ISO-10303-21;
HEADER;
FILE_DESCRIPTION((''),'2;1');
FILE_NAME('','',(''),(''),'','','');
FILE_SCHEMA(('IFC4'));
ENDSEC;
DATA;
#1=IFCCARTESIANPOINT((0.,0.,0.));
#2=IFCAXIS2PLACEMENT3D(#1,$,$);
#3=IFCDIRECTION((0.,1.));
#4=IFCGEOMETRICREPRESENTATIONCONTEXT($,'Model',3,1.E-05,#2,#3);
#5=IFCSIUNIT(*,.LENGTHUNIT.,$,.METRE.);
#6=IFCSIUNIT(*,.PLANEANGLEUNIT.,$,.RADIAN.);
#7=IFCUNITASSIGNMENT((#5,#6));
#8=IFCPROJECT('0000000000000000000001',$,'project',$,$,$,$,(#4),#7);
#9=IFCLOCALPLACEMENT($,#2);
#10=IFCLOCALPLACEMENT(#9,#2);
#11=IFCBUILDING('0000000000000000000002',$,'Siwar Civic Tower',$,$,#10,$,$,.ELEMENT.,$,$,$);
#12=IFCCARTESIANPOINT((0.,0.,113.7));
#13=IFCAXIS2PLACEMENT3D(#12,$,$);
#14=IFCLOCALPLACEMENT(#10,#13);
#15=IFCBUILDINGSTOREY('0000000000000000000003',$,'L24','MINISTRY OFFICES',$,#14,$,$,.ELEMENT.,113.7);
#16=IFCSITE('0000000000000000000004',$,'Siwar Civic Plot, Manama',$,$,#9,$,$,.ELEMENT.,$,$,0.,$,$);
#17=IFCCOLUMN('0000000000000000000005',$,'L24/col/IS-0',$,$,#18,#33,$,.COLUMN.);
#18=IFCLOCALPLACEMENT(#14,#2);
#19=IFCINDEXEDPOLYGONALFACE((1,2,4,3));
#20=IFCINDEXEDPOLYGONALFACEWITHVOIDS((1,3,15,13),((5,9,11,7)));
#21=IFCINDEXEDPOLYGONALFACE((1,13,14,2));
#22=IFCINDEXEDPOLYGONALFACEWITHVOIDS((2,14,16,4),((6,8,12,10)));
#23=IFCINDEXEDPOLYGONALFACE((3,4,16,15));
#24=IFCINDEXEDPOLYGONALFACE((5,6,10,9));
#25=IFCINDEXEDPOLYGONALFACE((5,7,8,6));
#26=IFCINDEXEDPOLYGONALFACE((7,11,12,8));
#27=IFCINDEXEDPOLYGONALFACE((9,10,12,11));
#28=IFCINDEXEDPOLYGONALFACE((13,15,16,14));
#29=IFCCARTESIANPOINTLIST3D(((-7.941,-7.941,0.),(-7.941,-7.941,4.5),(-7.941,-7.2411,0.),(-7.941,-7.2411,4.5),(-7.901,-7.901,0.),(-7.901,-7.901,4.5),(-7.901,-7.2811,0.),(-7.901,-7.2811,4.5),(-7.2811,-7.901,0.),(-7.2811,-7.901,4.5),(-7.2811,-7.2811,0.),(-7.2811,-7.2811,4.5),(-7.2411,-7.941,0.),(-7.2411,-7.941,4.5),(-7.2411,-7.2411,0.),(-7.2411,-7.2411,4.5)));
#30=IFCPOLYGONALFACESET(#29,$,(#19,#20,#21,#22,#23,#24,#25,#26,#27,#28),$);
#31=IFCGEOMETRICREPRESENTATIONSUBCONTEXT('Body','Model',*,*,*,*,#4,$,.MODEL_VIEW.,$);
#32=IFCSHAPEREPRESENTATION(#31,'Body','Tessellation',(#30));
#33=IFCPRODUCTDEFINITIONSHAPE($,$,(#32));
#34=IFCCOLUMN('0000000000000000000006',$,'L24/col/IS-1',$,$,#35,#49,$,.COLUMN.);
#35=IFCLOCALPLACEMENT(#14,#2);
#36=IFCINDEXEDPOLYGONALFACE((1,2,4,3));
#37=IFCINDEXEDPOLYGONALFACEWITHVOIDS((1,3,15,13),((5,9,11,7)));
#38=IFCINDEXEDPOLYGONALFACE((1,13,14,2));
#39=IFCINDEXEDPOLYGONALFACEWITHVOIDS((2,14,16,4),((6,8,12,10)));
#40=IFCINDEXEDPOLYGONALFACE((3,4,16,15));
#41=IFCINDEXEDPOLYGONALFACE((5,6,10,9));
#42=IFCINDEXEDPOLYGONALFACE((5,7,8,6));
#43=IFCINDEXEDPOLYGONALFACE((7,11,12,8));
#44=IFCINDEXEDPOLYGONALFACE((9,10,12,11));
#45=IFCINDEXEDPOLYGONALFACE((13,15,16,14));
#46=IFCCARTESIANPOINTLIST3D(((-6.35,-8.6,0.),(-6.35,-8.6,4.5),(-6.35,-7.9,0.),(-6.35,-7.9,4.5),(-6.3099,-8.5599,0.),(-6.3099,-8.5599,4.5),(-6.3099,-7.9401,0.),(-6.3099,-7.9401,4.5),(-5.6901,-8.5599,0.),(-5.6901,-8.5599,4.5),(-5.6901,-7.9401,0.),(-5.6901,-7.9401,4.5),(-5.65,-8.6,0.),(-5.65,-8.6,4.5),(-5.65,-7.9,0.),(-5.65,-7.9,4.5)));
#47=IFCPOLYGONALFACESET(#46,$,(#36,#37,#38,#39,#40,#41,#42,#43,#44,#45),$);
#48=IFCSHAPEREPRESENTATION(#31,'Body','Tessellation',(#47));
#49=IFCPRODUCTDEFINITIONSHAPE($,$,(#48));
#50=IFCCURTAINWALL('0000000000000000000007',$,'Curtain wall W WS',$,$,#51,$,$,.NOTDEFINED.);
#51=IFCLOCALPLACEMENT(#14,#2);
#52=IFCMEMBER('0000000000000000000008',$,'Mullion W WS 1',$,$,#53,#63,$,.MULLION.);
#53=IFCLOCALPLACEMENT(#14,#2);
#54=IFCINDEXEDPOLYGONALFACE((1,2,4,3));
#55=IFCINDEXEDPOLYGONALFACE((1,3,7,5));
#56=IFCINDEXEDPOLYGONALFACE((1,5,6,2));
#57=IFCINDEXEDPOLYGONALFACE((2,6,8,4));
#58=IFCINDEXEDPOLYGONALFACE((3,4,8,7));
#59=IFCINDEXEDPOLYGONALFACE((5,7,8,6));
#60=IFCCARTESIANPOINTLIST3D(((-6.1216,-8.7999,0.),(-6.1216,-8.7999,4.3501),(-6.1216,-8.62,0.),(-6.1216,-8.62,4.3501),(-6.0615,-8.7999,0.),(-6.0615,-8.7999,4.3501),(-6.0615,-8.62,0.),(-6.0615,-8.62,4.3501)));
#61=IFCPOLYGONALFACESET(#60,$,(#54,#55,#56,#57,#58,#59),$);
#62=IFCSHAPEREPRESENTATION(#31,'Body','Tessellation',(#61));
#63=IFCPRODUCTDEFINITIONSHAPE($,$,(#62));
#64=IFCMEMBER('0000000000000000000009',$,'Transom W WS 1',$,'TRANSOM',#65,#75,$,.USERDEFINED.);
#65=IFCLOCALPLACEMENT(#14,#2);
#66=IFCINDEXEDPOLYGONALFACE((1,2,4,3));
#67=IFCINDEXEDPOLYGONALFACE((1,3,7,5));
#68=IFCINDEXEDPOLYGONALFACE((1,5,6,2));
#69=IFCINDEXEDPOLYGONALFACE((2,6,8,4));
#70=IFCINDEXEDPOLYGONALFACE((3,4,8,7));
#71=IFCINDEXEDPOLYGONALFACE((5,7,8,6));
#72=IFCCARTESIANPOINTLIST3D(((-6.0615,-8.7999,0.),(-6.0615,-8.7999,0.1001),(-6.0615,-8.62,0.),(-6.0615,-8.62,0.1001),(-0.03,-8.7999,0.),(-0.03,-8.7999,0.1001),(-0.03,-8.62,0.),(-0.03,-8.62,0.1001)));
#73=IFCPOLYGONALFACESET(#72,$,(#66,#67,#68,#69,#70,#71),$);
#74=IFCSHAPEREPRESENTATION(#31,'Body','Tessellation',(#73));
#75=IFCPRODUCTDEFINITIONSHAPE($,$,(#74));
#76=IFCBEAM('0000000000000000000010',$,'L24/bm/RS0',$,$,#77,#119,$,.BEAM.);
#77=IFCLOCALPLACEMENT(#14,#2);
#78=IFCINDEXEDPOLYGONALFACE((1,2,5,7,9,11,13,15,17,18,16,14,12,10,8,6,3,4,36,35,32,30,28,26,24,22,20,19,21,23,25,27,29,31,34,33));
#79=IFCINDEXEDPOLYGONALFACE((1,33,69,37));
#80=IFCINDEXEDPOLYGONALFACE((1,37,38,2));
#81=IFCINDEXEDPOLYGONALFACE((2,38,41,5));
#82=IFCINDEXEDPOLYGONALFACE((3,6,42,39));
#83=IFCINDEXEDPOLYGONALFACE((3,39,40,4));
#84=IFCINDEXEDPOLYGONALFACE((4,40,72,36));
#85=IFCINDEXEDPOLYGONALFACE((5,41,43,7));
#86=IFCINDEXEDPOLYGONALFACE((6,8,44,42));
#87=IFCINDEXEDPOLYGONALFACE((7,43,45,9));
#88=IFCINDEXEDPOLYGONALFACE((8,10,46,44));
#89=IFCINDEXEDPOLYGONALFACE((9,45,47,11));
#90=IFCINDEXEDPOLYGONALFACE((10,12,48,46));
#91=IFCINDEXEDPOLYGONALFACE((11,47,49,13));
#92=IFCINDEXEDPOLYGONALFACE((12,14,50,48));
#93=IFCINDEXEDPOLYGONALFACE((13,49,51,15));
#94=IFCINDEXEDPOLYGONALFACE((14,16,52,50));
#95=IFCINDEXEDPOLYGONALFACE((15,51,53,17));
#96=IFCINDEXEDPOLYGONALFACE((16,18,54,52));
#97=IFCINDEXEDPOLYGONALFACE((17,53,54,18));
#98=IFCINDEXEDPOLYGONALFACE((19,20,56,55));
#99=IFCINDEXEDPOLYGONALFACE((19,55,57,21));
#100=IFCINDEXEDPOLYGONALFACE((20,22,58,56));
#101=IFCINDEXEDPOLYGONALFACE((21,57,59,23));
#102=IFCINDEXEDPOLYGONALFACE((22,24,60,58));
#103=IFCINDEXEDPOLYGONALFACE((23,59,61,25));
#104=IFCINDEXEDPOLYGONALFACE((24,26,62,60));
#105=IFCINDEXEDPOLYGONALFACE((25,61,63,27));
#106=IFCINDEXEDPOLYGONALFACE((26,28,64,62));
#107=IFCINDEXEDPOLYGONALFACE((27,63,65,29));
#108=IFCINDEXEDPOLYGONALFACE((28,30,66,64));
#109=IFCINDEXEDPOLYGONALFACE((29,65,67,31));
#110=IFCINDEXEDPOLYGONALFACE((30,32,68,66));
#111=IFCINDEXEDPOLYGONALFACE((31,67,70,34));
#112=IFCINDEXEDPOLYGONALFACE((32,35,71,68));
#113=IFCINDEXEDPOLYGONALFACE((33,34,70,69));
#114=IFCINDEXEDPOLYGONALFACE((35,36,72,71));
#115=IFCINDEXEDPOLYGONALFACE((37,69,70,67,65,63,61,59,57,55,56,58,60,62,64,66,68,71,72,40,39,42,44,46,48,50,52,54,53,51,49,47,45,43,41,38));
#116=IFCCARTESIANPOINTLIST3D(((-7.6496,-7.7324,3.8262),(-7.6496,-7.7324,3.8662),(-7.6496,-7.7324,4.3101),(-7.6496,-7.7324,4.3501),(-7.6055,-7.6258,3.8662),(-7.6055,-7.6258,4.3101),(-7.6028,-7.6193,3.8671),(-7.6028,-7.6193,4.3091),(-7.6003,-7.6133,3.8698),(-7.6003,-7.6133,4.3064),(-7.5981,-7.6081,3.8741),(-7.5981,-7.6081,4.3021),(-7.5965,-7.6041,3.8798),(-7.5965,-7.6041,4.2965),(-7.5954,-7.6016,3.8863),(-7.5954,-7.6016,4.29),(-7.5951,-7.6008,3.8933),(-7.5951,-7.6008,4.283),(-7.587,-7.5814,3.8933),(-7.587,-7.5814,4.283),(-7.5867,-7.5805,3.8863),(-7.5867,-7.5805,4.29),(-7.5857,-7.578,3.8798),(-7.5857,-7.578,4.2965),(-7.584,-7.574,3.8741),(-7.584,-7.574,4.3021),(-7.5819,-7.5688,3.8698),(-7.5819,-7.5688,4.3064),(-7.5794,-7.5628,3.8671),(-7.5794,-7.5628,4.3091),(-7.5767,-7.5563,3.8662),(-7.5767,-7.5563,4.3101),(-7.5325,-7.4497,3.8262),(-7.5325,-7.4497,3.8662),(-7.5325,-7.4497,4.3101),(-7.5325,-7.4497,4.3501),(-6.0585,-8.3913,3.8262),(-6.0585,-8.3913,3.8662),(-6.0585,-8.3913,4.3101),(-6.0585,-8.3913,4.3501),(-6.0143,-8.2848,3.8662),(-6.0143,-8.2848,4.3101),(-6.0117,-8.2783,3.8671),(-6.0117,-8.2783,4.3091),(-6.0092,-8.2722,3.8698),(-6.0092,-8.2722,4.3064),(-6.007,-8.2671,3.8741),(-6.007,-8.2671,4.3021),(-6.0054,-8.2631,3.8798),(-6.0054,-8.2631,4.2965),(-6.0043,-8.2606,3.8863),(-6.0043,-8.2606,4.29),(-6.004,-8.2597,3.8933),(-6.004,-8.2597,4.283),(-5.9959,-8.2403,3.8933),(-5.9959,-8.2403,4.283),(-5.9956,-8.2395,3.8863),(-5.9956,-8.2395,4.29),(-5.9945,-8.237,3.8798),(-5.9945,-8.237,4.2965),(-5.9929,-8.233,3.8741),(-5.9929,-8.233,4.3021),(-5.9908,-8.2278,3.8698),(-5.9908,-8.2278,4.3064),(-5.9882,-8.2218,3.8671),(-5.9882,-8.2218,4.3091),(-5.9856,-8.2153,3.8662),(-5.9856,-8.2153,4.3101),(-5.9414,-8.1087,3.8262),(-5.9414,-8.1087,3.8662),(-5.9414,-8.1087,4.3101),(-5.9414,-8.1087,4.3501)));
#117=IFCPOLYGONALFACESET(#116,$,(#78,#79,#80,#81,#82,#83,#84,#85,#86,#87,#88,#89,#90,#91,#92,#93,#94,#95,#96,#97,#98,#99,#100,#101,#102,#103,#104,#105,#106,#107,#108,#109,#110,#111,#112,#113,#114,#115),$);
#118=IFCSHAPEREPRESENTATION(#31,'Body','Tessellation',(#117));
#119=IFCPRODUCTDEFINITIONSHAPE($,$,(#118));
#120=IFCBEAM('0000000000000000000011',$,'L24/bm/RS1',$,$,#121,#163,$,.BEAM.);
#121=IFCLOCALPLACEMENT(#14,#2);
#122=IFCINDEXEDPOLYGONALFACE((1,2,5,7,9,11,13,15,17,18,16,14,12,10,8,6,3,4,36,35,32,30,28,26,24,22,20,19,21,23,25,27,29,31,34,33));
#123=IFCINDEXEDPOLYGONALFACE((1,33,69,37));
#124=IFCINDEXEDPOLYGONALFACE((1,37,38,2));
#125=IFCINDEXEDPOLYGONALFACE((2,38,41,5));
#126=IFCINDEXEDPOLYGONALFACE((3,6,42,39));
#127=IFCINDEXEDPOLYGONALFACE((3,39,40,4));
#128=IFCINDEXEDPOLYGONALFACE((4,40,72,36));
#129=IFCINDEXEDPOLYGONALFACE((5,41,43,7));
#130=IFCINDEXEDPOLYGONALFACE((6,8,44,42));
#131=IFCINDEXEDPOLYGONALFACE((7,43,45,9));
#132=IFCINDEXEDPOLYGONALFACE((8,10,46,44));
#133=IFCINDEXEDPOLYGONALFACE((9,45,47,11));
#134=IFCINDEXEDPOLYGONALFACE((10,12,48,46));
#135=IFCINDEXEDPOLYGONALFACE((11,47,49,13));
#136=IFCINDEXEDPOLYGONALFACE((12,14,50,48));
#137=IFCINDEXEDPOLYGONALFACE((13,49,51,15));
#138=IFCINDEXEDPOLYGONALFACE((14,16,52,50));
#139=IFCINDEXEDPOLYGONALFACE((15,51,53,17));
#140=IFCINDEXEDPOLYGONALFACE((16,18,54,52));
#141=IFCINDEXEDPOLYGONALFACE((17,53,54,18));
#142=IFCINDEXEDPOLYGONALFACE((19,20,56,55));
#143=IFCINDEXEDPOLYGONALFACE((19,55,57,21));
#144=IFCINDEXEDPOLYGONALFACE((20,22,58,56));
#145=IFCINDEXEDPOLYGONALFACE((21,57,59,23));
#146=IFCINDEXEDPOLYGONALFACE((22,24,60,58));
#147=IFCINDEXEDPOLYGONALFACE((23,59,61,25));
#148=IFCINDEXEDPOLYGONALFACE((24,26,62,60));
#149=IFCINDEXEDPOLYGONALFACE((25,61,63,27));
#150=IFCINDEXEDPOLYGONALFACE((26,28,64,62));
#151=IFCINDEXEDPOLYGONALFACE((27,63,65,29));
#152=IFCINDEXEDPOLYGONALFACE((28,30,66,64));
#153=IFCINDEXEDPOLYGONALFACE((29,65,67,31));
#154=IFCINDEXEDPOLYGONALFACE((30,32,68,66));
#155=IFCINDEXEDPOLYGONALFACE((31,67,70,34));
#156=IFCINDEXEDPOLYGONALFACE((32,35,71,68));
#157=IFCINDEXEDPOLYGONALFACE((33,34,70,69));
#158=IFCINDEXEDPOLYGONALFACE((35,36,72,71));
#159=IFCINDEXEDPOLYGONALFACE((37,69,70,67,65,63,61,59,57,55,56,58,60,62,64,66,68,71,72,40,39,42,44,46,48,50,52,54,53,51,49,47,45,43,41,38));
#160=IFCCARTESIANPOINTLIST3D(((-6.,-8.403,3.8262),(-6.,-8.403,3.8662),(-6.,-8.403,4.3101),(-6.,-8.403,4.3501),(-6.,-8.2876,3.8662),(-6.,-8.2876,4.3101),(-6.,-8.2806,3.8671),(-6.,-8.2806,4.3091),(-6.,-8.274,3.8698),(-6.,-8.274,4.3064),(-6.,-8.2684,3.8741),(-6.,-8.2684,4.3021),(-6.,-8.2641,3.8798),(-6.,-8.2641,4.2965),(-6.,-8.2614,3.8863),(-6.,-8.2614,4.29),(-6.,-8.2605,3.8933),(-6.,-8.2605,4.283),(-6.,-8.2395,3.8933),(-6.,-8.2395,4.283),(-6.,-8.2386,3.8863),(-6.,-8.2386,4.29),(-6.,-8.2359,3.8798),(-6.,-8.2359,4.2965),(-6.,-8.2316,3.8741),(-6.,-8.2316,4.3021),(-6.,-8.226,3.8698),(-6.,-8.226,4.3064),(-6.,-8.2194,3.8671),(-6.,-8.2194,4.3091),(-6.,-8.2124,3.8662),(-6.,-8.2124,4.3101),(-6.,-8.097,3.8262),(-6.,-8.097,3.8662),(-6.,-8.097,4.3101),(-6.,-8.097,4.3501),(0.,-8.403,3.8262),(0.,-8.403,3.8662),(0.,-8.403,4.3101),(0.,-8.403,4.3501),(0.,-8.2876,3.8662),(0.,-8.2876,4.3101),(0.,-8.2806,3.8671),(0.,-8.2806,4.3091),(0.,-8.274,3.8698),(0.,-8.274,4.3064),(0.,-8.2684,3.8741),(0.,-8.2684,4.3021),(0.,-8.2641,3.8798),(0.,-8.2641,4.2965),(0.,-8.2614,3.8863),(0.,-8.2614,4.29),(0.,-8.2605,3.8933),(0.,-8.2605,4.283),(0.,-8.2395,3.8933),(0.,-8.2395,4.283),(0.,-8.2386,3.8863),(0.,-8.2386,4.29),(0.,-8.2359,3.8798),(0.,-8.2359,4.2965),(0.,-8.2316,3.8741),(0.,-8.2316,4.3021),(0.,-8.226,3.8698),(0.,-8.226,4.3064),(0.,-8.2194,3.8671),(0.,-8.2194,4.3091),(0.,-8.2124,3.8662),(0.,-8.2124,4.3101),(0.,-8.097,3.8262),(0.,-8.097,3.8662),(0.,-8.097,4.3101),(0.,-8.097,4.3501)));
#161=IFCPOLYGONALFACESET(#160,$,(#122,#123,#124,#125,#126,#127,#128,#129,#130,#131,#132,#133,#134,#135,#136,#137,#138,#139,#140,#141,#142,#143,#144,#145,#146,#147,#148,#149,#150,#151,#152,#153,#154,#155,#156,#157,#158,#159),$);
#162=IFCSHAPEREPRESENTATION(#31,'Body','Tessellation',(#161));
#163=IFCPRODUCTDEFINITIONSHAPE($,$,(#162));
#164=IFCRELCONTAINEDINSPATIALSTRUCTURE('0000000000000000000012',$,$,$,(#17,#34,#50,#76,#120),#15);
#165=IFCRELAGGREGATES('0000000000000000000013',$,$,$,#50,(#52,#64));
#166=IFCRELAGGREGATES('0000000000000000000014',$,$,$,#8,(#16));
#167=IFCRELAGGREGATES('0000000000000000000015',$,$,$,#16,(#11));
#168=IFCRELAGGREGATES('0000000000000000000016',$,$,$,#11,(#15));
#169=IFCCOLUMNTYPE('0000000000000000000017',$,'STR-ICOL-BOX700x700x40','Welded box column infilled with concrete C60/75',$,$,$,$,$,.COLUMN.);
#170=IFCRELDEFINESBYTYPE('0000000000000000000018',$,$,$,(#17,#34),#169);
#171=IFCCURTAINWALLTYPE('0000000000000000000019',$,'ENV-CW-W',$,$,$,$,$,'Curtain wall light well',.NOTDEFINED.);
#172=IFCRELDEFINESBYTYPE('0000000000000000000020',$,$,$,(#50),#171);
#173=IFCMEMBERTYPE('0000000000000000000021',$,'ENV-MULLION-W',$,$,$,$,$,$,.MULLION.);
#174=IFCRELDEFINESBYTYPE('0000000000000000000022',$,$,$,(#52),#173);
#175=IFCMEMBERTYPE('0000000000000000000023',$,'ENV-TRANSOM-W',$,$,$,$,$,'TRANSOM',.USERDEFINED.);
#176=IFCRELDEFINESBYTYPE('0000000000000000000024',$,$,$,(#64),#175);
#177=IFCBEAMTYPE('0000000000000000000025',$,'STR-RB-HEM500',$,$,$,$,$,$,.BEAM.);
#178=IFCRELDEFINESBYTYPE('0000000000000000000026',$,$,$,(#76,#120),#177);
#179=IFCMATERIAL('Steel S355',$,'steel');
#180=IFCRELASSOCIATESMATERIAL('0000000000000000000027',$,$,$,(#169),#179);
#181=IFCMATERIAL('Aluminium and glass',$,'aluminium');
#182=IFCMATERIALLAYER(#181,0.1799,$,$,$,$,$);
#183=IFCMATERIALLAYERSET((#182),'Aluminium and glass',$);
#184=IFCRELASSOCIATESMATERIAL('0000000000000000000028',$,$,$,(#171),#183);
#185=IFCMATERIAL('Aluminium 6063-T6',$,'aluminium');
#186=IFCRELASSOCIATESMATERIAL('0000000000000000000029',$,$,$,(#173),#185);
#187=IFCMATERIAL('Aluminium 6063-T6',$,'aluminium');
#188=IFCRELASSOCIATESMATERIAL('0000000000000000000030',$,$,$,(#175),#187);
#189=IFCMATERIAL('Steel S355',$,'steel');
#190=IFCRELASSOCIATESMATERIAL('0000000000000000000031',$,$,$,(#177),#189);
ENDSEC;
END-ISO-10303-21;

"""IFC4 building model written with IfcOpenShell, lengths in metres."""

from ifc_helpers import new_model, si_unit, direction, frame, origin, origin_2d, place, context, subcontext, project, spatial, rectangle, hollow_rectangle, i_section, extrude, material, layer, layer_set, material_profile, profile_set, type_object, element, aggregate, save


model = new_model("IFC4")

# Units and contexts
model_context = context("Model", 3, precision=1e-05, world=origin(), true_north=direction((0.0, 1.0)))
body_context = subcontext(model_context, "Body", "Model", "MODEL_VIEW")
ifc_project = project(units=[si_unit("LENGTHUNIT", "METRE"), si_unit("PLANEANGLEUNIT", "RADIAN")], contexts=[model_context])

# Site, building, storey
site_placement = place(None, origin())
site = spatial("IfcSite", under=ifc_project, at=site_placement, Name="Siwar Civic Plot, Manama", CompositionType="ELEMENT", RefElevation=0.0)
building_placement = place(site_placement, origin())
building = spatial("IfcBuilding", under=site, at=building_placement, Name="Siwar Civic Tower", CompositionType="ELEMENT")
storey_placement = place(building_placement, frame((0.0, 0.0, 113.7)))
storey = spatial("IfcBuildingStorey", under=building, at=storey_placement, Name="L24", Description="MINISTRY OFFICES", CompositionType="ELEMENT", Elevation=113.7)

# Columns
ifc_material_1 = material(Name="Steel S355", Category="steel")
ifc_material_profile_1 = material_profile(ifc_material_1, hollow_rectangle(XDim=0.7, YDim=0.7, WallThickness=0.04, at=origin_2d()), Name="BOX700x700x40")
ifc_profile_set_1 = profile_set([ifc_material_profile_1], Name="Steel S355")
column_type = type_object("IfcColumnType", Name="STR-ICOL-BOX700x700x40", Description="Welded box column infilled with concrete C60/75", PredefinedType="COLUMN", material=ifc_profile_set_1)
for number, where, z_axis, x_axis, name in (
    (1, (-7.5911, -7.5911, 0.0), (0.0, 0.0, 1.0), (1.0, 0.0, 0.0), "L24/col/IS-0"),
    (2, (-6.0, -8.25, 0.0), (0.0, 0.0, 1.0), (1.0, 0.0, 0.0), "L24/col/IS-1"),
):
    element("IfcColumn", number, at=place(storey_placement, frame(where, z_axis=z_axis, x_axis=x_axis)), inside=storey, type_object=column_type, Name=name, PredefinedType="COLUMN", context=body_context, shape_type="SweptSolid", body=[
        extrude(hollow_rectangle(XDim=0.7, YDim=0.7, WallThickness=0.04, at=origin_2d()), origin(), (0.0, 0.0, 1.0), 4.5),
    ])

# Curtain wall, members
ifc_material_2 = material(Name="Aluminium and glass", Category="aluminium")
ifc_layer_1 = layer(ifc_material_2, 0.1799)
ifc_layer_set_1 = layer_set([ifc_layer_1], Name="Aluminium and glass")
curtain_wall_type = type_object("IfcCurtainWallType", Name="ENV-CW-W", ElementType="Curtain wall light well", PredefinedType="NOTDEFINED", material=ifc_layer_set_1)
curtain_wall_placement = place(storey_placement, origin())
curtain_wall = element("IfcCurtainWall", 3, at=curtain_wall_placement, inside=storey, type_object=curtain_wall_type, Name="Curtain wall W WS", PredefinedType="NOTDEFINED")
ifc_material_3 = material(Name="Aluminium 6063-T6", Category="aluminium")
ifc_material_profile_2 = material_profile(ifc_material_3, rectangle(XDim=0.1799, YDim=0.0601, at=origin_2d()), Name="AL 180x60")
ifc_profile_set_2 = profile_set([ifc_material_profile_2], Name="Aluminium 6063-T6")
member_type_1 = type_object("IfcMemberType", Name="ENV-MULLION-W", PredefinedType="MULLION", material=ifc_profile_set_2)
member_1_placement = place(storey_placement, frame((-6.0916, -8.71, 0.0), z_axis=(0.0, 0.0, 1.0), x_axis=(0.0, 1.0, 0.0)))
member_1 = element("IfcMember", 4, at=member_1_placement, type_object=member_type_1, Name="Mullion W WS 1", PredefinedType="MULLION", context=body_context, shape_type="SweptSolid", body=[
    extrude(rectangle(XDim=0.1799, YDim=0.0601, at=origin_2d()), origin(), (0.0, 0.0, 1.0), 4.3501),
])
ifc_material_4 = material(Name="Aluminium 6063-T6", Category="aluminium")
ifc_material_profile_3 = material_profile(ifc_material_4, rectangle(XDim=0.1799, YDim=0.1001, at=origin_2d()), Name="AL 180x100")
ifc_profile_set_3 = profile_set([ifc_material_profile_3], Name="Aluminium 6063-T6")
member_type_2 = type_object("IfcMemberType", Name="ENV-TRANSOM-W", ElementType="TRANSOM", PredefinedType="USERDEFINED", material=ifc_profile_set_3)
member_2_placement = place(storey_placement, frame((-6.0615, -8.71, 0.05), z_axis=(1.0, 0.0, 0.0), x_axis=(0.0, 1.0, 0.0)))
member_2 = element("IfcMember", 5, at=member_2_placement, type_object=member_type_2, Name="Transom W WS 1", ObjectType="TRANSOM", PredefinedType="USERDEFINED", context=body_context, shape_type="SweptSolid", body=[
    extrude(rectangle(XDim=0.1799, YDim=0.1001, at=origin_2d()), origin(), (0.0, 0.0, 1.0), 6.0315),
])

# Beams
ifc_material_5 = material(Name="Steel S355", Category="steel")
ifc_material_profile_4 = material_profile(ifc_material_5, i_section(OverallWidth=0.3059, OverallDepth=0.5239, WebThickness=0.021, FlangeThickness=0.04, FilletRadius=0.0271, at=origin_2d()), Name="HEM500")
ifc_profile_set_4 = profile_set([ifc_material_profile_4], Name="Steel S355")
beam_type = type_object("IfcBeamType", Name="STR-RB-HEM500", PredefinedType="BEAM", material=ifc_profile_set_4)
beam_1_placement = place(storey_placement, frame((-7.5911, -7.5911, 4.0881), z_axis=(0.923901, -0.382631, 0.0), x_axis=(0.382631, 0.923901, 0.0)))
element("IfcBeam", 6, at=beam_1_placement, inside=storey, type_object=beam_type, Name="L24/bm/RS0", PredefinedType="BEAM", context=body_context, shape_type="SweptSolid", body=[
    extrude(i_section(OverallWidth=0.3059, OverallDepth=0.5239, WebThickness=0.021, FlangeThickness=0.04, FilletRadius=0.0271, at=origin_2d()), origin(), (0.0, 0.0, 1.0), 1.7222),
])
beam_2_placement = place(storey_placement, frame((-6.0, -8.25, 4.0881), z_axis=(1.0, 0.0, 0.0), x_axis=(0.0, 1.0, 0.0)))
element("IfcBeam", 7, at=beam_2_placement, inside=storey, type_object=beam_type, Name="L24/bm/RS1", PredefinedType="BEAM", context=body_context, shape_type="SweptSolid", body=[
    extrude(i_section(OverallWidth=0.3059, OverallDepth=0.5239, WebThickness=0.021, FlangeThickness=0.04, FilletRadius=0.0271, at=origin_2d()), origin(), (0.0, 0.0, 1.0), 6.0),
])

aggregate(curtain_wall, [member_1, member_2])

save(model, "model.ifc")
